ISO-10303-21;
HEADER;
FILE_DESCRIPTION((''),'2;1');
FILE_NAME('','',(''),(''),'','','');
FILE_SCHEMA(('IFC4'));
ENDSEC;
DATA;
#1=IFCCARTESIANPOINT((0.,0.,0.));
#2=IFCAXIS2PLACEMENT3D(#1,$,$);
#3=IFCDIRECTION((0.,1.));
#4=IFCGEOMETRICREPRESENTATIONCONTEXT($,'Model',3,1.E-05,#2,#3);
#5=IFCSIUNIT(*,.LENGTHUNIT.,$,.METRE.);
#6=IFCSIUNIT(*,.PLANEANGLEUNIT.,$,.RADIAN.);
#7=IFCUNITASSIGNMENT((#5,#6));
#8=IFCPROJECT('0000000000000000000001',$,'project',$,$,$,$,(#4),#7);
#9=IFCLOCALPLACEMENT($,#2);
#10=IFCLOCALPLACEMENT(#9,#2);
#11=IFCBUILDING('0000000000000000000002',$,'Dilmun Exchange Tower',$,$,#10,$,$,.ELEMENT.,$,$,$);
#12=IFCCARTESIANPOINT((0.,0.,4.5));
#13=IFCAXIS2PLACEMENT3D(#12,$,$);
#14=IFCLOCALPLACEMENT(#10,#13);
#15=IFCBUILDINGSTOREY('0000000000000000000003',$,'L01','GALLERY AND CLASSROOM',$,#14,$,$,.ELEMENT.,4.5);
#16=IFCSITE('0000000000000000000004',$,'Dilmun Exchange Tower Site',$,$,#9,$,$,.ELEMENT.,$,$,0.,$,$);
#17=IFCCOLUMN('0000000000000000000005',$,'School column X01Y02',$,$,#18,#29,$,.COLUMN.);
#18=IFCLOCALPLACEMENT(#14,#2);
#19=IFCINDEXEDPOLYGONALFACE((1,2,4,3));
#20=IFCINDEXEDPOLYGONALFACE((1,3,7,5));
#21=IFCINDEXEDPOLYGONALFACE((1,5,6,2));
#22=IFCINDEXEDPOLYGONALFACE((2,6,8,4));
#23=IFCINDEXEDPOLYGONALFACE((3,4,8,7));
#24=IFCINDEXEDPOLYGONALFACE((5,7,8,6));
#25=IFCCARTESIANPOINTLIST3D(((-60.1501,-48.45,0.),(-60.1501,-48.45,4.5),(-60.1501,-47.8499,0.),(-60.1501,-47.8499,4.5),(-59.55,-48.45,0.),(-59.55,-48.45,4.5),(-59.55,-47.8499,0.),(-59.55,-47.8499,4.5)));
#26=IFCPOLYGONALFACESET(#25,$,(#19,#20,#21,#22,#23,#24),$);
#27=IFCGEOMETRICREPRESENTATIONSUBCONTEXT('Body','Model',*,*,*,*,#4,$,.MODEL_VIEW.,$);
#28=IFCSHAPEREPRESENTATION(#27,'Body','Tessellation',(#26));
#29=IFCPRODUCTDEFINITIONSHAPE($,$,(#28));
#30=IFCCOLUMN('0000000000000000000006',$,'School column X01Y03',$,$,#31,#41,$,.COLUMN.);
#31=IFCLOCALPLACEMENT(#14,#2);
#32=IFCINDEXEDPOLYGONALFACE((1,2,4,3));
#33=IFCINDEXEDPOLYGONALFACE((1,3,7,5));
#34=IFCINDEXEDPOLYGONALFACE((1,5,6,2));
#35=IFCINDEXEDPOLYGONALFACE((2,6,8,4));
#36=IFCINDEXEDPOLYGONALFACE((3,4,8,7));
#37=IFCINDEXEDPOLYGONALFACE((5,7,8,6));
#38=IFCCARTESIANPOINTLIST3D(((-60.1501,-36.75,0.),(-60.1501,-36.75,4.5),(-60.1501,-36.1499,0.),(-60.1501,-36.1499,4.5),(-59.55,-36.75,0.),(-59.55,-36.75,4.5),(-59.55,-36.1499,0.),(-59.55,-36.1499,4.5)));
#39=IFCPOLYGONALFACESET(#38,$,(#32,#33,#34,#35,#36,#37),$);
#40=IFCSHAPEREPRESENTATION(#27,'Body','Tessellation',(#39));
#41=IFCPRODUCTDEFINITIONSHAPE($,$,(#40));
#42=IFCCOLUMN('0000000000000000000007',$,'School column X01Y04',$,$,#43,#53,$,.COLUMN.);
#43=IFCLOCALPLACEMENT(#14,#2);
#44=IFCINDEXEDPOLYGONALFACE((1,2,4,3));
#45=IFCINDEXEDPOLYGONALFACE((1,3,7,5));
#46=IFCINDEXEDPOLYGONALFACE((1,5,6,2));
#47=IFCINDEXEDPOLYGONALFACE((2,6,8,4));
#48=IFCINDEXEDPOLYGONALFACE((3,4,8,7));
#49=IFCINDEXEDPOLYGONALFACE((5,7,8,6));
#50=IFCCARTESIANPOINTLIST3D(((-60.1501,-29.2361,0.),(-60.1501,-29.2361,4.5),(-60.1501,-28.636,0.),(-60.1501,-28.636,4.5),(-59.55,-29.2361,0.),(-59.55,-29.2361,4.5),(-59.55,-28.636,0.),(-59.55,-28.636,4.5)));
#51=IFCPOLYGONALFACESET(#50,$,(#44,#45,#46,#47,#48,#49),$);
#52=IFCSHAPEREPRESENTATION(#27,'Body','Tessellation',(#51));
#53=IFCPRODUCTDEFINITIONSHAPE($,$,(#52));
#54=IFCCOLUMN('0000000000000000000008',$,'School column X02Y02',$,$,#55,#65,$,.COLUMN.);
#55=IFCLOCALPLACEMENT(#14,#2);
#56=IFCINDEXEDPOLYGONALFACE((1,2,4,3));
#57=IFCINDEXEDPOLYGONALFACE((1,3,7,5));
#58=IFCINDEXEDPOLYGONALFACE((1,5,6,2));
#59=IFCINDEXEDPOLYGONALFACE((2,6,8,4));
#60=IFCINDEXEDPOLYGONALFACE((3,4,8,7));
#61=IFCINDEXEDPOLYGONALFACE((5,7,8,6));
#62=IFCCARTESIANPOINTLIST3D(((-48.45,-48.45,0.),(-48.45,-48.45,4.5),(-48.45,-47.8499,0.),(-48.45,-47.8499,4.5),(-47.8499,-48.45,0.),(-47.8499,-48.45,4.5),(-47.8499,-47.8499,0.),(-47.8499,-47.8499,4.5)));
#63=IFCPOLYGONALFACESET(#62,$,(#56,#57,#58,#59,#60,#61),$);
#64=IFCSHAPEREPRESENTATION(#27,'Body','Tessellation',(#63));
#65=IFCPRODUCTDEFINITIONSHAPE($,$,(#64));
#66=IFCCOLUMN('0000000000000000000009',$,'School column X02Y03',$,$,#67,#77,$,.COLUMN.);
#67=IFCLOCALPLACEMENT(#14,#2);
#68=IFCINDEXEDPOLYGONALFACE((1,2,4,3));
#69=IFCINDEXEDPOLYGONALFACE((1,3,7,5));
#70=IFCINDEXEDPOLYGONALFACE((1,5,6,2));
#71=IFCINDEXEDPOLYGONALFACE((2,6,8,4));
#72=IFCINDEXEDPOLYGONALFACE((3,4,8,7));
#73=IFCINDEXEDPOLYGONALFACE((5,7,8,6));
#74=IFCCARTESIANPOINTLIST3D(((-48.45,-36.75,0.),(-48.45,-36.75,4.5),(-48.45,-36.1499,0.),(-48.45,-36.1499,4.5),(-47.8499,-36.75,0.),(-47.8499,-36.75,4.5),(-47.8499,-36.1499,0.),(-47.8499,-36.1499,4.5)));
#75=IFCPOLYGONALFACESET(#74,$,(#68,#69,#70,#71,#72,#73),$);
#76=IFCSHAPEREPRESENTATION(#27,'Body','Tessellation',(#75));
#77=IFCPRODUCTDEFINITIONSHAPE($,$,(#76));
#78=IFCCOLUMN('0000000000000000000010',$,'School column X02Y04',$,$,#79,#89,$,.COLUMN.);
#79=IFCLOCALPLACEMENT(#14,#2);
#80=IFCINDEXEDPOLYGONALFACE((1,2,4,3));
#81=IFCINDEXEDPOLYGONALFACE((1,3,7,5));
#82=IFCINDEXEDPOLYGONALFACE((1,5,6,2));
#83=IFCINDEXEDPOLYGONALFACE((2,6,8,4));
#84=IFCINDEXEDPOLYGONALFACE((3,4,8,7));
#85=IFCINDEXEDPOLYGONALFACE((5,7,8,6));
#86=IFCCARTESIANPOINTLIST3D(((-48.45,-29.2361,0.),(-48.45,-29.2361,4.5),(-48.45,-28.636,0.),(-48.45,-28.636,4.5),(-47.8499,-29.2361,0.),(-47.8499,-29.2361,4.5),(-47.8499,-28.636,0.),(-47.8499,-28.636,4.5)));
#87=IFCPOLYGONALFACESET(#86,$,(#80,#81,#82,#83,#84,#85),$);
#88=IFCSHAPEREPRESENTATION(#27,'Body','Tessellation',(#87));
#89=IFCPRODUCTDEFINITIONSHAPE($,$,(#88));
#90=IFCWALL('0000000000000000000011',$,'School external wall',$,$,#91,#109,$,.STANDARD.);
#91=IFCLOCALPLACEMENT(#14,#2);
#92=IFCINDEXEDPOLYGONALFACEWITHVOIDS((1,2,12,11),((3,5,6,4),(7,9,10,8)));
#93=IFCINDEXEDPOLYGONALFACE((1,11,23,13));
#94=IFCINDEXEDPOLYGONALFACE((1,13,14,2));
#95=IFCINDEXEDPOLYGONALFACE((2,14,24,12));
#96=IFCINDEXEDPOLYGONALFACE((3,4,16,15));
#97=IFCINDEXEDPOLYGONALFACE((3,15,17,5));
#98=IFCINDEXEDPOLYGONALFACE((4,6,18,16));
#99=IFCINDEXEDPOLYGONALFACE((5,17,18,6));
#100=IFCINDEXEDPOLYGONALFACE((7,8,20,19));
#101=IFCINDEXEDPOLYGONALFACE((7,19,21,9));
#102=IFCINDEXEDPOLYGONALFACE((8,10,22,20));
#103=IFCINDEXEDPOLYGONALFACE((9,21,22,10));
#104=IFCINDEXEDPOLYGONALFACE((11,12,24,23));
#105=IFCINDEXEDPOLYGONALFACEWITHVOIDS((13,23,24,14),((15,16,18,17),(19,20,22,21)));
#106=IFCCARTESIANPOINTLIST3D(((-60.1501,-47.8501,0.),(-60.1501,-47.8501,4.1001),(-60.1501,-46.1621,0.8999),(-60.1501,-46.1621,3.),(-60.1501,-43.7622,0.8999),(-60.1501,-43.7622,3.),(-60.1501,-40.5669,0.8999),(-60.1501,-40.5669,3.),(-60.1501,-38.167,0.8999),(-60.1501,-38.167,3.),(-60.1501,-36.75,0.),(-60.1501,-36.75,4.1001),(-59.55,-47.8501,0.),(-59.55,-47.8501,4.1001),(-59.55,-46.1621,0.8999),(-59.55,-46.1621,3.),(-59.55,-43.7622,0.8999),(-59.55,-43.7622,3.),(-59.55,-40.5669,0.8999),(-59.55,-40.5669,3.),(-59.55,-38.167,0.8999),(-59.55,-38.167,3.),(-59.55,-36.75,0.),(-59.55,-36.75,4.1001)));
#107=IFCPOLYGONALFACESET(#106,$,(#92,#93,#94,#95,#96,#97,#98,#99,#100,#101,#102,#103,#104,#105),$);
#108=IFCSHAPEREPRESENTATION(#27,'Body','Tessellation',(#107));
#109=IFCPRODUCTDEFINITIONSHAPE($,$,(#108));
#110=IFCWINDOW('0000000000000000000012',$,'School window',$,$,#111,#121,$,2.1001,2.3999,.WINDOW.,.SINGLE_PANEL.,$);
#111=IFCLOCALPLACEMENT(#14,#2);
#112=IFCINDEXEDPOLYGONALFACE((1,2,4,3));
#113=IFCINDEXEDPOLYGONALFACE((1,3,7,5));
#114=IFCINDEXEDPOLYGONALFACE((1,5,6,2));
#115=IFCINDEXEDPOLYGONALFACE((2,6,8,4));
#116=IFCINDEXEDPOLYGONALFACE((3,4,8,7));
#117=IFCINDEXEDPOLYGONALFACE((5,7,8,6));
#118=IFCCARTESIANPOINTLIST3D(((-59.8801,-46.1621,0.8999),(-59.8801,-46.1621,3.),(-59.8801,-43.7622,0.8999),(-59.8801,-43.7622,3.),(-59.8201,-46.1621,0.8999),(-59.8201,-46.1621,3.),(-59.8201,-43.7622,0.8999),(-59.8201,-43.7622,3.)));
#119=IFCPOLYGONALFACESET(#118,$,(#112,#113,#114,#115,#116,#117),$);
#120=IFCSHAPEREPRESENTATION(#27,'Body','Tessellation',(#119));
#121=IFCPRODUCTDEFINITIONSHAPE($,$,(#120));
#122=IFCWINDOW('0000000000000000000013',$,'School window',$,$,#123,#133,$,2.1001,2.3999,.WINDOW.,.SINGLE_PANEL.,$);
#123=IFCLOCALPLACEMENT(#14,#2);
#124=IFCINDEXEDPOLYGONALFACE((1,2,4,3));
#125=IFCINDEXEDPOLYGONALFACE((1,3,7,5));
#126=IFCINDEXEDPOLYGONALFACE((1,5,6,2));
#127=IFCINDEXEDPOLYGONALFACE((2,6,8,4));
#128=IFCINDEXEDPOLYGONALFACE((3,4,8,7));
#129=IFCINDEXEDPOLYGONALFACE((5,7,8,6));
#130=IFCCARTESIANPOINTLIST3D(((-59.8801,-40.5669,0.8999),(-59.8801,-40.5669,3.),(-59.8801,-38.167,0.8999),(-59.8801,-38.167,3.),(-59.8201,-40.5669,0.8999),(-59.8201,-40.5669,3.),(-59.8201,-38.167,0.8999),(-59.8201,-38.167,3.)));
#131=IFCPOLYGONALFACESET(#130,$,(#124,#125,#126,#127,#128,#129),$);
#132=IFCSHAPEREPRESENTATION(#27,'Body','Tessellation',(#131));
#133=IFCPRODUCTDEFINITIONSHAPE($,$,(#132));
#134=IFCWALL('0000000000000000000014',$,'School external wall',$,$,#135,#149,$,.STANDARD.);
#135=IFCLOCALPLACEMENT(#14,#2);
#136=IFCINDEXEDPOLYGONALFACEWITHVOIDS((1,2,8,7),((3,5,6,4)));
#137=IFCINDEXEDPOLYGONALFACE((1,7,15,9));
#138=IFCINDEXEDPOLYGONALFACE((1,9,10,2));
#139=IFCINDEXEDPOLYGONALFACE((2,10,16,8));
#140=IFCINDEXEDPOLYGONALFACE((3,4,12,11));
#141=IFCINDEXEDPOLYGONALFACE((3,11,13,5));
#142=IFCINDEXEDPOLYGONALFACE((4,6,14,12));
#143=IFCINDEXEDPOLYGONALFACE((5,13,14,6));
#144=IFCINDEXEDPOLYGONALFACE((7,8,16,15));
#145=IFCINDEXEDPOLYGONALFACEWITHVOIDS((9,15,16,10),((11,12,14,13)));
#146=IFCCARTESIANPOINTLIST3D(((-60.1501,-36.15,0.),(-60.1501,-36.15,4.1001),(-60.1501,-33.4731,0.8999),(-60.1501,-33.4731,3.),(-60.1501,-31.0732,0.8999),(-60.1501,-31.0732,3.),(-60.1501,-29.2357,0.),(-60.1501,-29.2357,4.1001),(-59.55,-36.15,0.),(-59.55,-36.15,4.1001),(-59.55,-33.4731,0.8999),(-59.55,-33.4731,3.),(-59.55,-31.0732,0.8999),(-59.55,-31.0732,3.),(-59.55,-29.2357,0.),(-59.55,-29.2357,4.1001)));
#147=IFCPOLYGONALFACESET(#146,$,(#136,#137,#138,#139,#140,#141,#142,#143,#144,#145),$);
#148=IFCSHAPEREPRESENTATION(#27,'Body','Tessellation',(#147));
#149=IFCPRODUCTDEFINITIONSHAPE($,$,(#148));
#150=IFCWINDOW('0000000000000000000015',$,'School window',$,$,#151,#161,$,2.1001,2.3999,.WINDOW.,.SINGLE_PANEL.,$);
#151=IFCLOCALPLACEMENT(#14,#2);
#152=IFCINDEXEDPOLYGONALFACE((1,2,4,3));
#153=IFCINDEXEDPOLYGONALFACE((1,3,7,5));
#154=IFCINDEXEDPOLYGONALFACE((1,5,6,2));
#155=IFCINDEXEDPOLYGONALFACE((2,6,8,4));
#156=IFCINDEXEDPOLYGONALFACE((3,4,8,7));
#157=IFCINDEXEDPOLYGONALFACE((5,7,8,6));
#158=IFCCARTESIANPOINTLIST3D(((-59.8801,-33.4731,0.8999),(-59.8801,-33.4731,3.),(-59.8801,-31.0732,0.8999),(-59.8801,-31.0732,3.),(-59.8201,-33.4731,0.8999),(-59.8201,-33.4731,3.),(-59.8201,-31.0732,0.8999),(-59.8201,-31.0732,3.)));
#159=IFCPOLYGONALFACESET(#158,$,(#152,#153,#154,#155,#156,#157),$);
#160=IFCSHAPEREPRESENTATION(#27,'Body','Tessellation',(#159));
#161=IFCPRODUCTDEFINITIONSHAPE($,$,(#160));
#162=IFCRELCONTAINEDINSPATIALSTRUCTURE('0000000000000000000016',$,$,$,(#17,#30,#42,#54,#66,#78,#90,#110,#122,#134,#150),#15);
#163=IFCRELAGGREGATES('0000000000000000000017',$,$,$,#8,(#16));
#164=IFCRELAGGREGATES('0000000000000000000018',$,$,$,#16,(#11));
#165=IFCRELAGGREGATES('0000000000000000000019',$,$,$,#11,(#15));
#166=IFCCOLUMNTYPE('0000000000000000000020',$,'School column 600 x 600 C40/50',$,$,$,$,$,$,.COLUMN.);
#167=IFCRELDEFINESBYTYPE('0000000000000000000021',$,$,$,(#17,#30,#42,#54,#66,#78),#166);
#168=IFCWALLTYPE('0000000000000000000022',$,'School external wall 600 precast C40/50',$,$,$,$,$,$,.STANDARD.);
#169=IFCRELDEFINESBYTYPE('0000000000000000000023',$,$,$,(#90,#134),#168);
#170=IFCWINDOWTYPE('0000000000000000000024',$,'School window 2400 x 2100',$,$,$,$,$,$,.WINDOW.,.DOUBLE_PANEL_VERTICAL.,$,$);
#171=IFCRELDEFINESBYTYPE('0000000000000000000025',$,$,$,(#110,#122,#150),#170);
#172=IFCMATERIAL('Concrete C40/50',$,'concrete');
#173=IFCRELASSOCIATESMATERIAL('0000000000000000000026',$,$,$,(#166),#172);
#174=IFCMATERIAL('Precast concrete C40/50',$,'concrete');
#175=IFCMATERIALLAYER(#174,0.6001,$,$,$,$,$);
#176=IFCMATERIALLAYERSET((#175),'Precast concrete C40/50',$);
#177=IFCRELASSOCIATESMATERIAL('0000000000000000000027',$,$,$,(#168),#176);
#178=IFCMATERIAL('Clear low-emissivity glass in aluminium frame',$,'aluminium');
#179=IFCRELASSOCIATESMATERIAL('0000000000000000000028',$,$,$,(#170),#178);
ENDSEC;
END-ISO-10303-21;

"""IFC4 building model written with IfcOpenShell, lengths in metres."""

from ifc_helpers import new_model, si_unit, direction, frame, frame_2d, origin, origin_2d, place, context, subcontext, project, spatial, rectangle, extrude, material, layer, layer_set, material_profile, profile_set, type_object, element, fill, save


model = new_model("IFC4")

# Units and contexts
model_context = context("Model", 3, precision=1e-05, world=origin(), true_north=direction((0.0, 1.0)))
body_context = subcontext(model_context, "Body", "Model", "MODEL_VIEW")
ifc_project = project(units=[si_unit("LENGTHUNIT", "METRE"), si_unit("PLANEANGLEUNIT", "RADIAN")], contexts=[model_context])

# Site, building, storey
site_placement = place(None, origin())
site = spatial("IfcSite", under=ifc_project, at=site_placement, Name="Dilmun Exchange Tower Site", CompositionType="ELEMENT", RefElevation=0.0)
building_placement = place(site_placement, origin())
building = spatial("IfcBuilding", under=site, at=building_placement, Name="Dilmun Exchange Tower", CompositionType="ELEMENT")
storey_placement = place(building_placement, frame((0.0, 0.0, 4.5)))
storey = spatial("IfcBuildingStorey", under=building, at=storey_placement, Name="L01", Description="GALLERY AND CLASSROOM", CompositionType="ELEMENT", Elevation=4.5)

# Columns
ifc_material_1 = material(Name="Concrete C40/50", Category="concrete")
ifc_material_profile = material_profile(ifc_material_1, rectangle(XDim=0.6001, YDim=0.6001, at=origin_2d()), Name="600 x 600")
ifc_profile_set = profile_set([ifc_material_profile], Name="Concrete C40/50")
column_type = type_object("IfcColumnType", Name="School column 600 x 600 C40/50", PredefinedType="COLUMN", material=ifc_profile_set)
for number, where, z_axis, x_axis, name in (
    (1, (-59.8501, -48.1499, 0.0), (0.0, 0.0, 1.0), (1.0, 0.0, 0.0), "School column X01Y02"),
    (2, (-59.8501, -36.45, 0.0), (0.0, 0.0, 1.0), (1.0, 0.0, 0.0), "School column X01Y03"),
    (3, (-59.8501, -28.936, 0.0), (0.0, 0.0, 1.0), (1.0, 0.0, 0.0), "School column X01Y04"),
    (4, (-48.1499, -48.1499, 0.0), (0.0, 0.0, 1.0), (1.0, 0.0, 0.0), "School column X02Y02"),
    (5, (-48.1499, -36.45, 0.0), (0.0, 0.0, 1.0), (1.0, 0.0, 0.0), "School column X02Y03"),
    (6, (-48.1499, -28.936, 0.0), (0.0, 0.0, 1.0), (1.0, 0.0, 0.0), "School column X02Y04"),
):
    element("IfcColumn", number, at=place(storey_placement, frame(where, z_axis=z_axis, x_axis=x_axis)), inside=storey, type_object=column_type, Name=name, PredefinedType="COLUMN", context=body_context, shape_type="SweptSolid", body=[
        extrude(rectangle(XDim=0.6001, YDim=0.6001, at=origin_2d()), origin(), (0.0, 0.0, 1.0), 4.5),
    ])

# Wall, openings, windows
ifc_material_2 = material(Name="Precast concrete C40/50", Category="concrete")
ifc_layer_1 = layer(ifc_material_2, 0.6001)
ifc_layer_set_1 = layer_set([ifc_layer_1], Name="Precast concrete C40/50")
wall_type_1 = type_object("IfcWallType", Name="School external wall 600 precast C40/50", PredefinedType="STANDARD", material=ifc_layer_set_1)
wall_1_placement = place(storey_placement, frame((-59.8501, -47.8501, 0.0), z_axis=(0.0, 0.0, 1.0), x_axis=(0.0, 1.0, 0.0)))
wall_1 = element("IfcWall", 7, at=wall_1_placement, inside=storey, type_object=wall_type_1, Name="School external wall", PredefinedType="STANDARD", context=body_context, shape_type="SweptSolid", body=[
    extrude(rectangle(XDim=11.1001, YDim=0.6001, at=frame_2d((5.55, 0.0))), origin(), (0.0, 0.0, 1.0), 4.1001),
])
opening_1_placement = place(wall_1_placement, frame((1.688, 0.0, 0.8999)))
opening_1 = element("IfcOpeningElement", 8, at=opening_1_placement, cuts=wall_1, PredefinedType="OPENING", context=body_context, shape_type="SweptSolid", body=[
    extrude(rectangle(XDim=2.3999, YDim=2.1001, at=frame_2d((1.2, 1.05))), frame((0.0, 0.3101, 0.0), z_axis=(0.0, -1.0, 0.0), x_axis=(1.0, 0.0, 0.0)), (0.0, 0.0, 1.0), 0.6201),
])
opening_2_placement = place(wall_1_placement, frame((7.2832, 0.0, 0.8999)))
opening_2 = element("IfcOpeningElement", 9, at=opening_2_placement, cuts=wall_1, PredefinedType="OPENING", context=body_context, shape_type="SweptSolid", body=[
    extrude(rectangle(XDim=2.3999, YDim=2.1001, at=frame_2d((1.2, 1.05))), frame((0.0, 0.3101, 0.0), z_axis=(0.0, -1.0, 0.0), x_axis=(1.0, 0.0, 0.0)), (0.0, 0.0, 1.0), 0.6201),
])
ifc_material_3 = material(Name="Clear low-emissivity glass in aluminium frame", Category="aluminium")
window_type = type_object("IfcWindowType", Name="School window 2400 x 2100", PartitioningType="DOUBLE_PANEL_VERTICAL", PredefinedType="WINDOW", material=ifc_material_3)
window_1_placement = place(opening_1_placement, origin())
window_1 = element("IfcWindow", 10, at=window_1_placement, inside=storey, type_object=window_type, Name="School window", OverallHeight=2.1001, OverallWidth=2.3999, PartitioningType="SINGLE_PANEL", PredefinedType="WINDOW", context=body_context, shape_type="SweptSolid", body=[
    extrude(rectangle(XDim=2.3999, YDim=2.1001, at=frame_2d((1.2, 1.05))), frame((0.0, 0.03, 0.0), z_axis=(0.0, -1.0, 0.0), x_axis=(1.0, 0.0, 0.0)), (0.0, 0.0, 1.0), 0.0601),
])
fill(opening_1, window_1)
window_2_placement = place(opening_2_placement, origin())
window_2 = element("IfcWindow", 11, at=window_2_placement, inside=storey, type_object=window_type, Name="School window", OverallHeight=2.1001, OverallWidth=2.3999, PartitioningType="SINGLE_PANEL", PredefinedType="WINDOW", context=body_context, shape_type="SweptSolid", body=[
    extrude(rectangle(XDim=2.3999, YDim=2.1001, at=frame_2d((1.2, 1.05))), frame((0.0, 0.03, 0.0), z_axis=(0.0, -1.0, 0.0), x_axis=(1.0, 0.0, 0.0)), (0.0, 0.0, 1.0), 0.0601),
])
fill(opening_2, window_2)

# Wall, opening, window
wall_2_placement = place(storey_placement, frame((-59.8501, -36.1499, 0.0), z_axis=(0.0, 0.0, 1.0), x_axis=(0.0, 1.0, 0.0)))
wall_2 = element("IfcWall", 12, at=wall_2_placement, inside=storey, type_object=wall_type_1, Name="School external wall", PredefinedType="STANDARD", context=body_context, shape_type="SweptSolid", body=[
    extrude(rectangle(XDim=6.9143, YDim=0.6001, at=frame_2d((3.457, 0.0))), origin(), (0.0, 0.0, 1.0), 4.1001),
])
opening_3_placement = place(wall_2_placement, frame((2.6768, 0.0, 0.8999)))
opening_3 = element("IfcOpeningElement", 13, at=opening_3_placement, cuts=wall_2, PredefinedType="OPENING", context=body_context, shape_type="SweptSolid", body=[
    extrude(rectangle(XDim=2.3999, YDim=2.1001, at=frame_2d((1.2, 1.05))), frame((0.0, 0.3101, 0.0), z_axis=(0.0, -1.0, 0.0), x_axis=(1.0, 0.0, 0.0)), (0.0, 0.0, 1.0), 0.6201),
])
window_3_placement = place(opening_3_placement, origin())
window_3 = element("IfcWindow", 14, at=window_3_placement, inside=storey, type_object=window_type, Name="School window", OverallHeight=2.1001, OverallWidth=2.3999, PartitioningType="SINGLE_PANEL", PredefinedType="WINDOW", context=body_context, shape_type="SweptSolid", body=[
    extrude(rectangle(XDim=2.3999, YDim=2.1001, at=frame_2d((1.2, 1.05))), frame((0.0, 0.03, 0.0), z_axis=(0.0, -1.0, 0.0), x_axis=(1.0, 0.0, 0.0)), (0.0, 0.0, 1.0), 0.0601),
])
fill(opening_3, window_3)

save(model, "model.ifc")
